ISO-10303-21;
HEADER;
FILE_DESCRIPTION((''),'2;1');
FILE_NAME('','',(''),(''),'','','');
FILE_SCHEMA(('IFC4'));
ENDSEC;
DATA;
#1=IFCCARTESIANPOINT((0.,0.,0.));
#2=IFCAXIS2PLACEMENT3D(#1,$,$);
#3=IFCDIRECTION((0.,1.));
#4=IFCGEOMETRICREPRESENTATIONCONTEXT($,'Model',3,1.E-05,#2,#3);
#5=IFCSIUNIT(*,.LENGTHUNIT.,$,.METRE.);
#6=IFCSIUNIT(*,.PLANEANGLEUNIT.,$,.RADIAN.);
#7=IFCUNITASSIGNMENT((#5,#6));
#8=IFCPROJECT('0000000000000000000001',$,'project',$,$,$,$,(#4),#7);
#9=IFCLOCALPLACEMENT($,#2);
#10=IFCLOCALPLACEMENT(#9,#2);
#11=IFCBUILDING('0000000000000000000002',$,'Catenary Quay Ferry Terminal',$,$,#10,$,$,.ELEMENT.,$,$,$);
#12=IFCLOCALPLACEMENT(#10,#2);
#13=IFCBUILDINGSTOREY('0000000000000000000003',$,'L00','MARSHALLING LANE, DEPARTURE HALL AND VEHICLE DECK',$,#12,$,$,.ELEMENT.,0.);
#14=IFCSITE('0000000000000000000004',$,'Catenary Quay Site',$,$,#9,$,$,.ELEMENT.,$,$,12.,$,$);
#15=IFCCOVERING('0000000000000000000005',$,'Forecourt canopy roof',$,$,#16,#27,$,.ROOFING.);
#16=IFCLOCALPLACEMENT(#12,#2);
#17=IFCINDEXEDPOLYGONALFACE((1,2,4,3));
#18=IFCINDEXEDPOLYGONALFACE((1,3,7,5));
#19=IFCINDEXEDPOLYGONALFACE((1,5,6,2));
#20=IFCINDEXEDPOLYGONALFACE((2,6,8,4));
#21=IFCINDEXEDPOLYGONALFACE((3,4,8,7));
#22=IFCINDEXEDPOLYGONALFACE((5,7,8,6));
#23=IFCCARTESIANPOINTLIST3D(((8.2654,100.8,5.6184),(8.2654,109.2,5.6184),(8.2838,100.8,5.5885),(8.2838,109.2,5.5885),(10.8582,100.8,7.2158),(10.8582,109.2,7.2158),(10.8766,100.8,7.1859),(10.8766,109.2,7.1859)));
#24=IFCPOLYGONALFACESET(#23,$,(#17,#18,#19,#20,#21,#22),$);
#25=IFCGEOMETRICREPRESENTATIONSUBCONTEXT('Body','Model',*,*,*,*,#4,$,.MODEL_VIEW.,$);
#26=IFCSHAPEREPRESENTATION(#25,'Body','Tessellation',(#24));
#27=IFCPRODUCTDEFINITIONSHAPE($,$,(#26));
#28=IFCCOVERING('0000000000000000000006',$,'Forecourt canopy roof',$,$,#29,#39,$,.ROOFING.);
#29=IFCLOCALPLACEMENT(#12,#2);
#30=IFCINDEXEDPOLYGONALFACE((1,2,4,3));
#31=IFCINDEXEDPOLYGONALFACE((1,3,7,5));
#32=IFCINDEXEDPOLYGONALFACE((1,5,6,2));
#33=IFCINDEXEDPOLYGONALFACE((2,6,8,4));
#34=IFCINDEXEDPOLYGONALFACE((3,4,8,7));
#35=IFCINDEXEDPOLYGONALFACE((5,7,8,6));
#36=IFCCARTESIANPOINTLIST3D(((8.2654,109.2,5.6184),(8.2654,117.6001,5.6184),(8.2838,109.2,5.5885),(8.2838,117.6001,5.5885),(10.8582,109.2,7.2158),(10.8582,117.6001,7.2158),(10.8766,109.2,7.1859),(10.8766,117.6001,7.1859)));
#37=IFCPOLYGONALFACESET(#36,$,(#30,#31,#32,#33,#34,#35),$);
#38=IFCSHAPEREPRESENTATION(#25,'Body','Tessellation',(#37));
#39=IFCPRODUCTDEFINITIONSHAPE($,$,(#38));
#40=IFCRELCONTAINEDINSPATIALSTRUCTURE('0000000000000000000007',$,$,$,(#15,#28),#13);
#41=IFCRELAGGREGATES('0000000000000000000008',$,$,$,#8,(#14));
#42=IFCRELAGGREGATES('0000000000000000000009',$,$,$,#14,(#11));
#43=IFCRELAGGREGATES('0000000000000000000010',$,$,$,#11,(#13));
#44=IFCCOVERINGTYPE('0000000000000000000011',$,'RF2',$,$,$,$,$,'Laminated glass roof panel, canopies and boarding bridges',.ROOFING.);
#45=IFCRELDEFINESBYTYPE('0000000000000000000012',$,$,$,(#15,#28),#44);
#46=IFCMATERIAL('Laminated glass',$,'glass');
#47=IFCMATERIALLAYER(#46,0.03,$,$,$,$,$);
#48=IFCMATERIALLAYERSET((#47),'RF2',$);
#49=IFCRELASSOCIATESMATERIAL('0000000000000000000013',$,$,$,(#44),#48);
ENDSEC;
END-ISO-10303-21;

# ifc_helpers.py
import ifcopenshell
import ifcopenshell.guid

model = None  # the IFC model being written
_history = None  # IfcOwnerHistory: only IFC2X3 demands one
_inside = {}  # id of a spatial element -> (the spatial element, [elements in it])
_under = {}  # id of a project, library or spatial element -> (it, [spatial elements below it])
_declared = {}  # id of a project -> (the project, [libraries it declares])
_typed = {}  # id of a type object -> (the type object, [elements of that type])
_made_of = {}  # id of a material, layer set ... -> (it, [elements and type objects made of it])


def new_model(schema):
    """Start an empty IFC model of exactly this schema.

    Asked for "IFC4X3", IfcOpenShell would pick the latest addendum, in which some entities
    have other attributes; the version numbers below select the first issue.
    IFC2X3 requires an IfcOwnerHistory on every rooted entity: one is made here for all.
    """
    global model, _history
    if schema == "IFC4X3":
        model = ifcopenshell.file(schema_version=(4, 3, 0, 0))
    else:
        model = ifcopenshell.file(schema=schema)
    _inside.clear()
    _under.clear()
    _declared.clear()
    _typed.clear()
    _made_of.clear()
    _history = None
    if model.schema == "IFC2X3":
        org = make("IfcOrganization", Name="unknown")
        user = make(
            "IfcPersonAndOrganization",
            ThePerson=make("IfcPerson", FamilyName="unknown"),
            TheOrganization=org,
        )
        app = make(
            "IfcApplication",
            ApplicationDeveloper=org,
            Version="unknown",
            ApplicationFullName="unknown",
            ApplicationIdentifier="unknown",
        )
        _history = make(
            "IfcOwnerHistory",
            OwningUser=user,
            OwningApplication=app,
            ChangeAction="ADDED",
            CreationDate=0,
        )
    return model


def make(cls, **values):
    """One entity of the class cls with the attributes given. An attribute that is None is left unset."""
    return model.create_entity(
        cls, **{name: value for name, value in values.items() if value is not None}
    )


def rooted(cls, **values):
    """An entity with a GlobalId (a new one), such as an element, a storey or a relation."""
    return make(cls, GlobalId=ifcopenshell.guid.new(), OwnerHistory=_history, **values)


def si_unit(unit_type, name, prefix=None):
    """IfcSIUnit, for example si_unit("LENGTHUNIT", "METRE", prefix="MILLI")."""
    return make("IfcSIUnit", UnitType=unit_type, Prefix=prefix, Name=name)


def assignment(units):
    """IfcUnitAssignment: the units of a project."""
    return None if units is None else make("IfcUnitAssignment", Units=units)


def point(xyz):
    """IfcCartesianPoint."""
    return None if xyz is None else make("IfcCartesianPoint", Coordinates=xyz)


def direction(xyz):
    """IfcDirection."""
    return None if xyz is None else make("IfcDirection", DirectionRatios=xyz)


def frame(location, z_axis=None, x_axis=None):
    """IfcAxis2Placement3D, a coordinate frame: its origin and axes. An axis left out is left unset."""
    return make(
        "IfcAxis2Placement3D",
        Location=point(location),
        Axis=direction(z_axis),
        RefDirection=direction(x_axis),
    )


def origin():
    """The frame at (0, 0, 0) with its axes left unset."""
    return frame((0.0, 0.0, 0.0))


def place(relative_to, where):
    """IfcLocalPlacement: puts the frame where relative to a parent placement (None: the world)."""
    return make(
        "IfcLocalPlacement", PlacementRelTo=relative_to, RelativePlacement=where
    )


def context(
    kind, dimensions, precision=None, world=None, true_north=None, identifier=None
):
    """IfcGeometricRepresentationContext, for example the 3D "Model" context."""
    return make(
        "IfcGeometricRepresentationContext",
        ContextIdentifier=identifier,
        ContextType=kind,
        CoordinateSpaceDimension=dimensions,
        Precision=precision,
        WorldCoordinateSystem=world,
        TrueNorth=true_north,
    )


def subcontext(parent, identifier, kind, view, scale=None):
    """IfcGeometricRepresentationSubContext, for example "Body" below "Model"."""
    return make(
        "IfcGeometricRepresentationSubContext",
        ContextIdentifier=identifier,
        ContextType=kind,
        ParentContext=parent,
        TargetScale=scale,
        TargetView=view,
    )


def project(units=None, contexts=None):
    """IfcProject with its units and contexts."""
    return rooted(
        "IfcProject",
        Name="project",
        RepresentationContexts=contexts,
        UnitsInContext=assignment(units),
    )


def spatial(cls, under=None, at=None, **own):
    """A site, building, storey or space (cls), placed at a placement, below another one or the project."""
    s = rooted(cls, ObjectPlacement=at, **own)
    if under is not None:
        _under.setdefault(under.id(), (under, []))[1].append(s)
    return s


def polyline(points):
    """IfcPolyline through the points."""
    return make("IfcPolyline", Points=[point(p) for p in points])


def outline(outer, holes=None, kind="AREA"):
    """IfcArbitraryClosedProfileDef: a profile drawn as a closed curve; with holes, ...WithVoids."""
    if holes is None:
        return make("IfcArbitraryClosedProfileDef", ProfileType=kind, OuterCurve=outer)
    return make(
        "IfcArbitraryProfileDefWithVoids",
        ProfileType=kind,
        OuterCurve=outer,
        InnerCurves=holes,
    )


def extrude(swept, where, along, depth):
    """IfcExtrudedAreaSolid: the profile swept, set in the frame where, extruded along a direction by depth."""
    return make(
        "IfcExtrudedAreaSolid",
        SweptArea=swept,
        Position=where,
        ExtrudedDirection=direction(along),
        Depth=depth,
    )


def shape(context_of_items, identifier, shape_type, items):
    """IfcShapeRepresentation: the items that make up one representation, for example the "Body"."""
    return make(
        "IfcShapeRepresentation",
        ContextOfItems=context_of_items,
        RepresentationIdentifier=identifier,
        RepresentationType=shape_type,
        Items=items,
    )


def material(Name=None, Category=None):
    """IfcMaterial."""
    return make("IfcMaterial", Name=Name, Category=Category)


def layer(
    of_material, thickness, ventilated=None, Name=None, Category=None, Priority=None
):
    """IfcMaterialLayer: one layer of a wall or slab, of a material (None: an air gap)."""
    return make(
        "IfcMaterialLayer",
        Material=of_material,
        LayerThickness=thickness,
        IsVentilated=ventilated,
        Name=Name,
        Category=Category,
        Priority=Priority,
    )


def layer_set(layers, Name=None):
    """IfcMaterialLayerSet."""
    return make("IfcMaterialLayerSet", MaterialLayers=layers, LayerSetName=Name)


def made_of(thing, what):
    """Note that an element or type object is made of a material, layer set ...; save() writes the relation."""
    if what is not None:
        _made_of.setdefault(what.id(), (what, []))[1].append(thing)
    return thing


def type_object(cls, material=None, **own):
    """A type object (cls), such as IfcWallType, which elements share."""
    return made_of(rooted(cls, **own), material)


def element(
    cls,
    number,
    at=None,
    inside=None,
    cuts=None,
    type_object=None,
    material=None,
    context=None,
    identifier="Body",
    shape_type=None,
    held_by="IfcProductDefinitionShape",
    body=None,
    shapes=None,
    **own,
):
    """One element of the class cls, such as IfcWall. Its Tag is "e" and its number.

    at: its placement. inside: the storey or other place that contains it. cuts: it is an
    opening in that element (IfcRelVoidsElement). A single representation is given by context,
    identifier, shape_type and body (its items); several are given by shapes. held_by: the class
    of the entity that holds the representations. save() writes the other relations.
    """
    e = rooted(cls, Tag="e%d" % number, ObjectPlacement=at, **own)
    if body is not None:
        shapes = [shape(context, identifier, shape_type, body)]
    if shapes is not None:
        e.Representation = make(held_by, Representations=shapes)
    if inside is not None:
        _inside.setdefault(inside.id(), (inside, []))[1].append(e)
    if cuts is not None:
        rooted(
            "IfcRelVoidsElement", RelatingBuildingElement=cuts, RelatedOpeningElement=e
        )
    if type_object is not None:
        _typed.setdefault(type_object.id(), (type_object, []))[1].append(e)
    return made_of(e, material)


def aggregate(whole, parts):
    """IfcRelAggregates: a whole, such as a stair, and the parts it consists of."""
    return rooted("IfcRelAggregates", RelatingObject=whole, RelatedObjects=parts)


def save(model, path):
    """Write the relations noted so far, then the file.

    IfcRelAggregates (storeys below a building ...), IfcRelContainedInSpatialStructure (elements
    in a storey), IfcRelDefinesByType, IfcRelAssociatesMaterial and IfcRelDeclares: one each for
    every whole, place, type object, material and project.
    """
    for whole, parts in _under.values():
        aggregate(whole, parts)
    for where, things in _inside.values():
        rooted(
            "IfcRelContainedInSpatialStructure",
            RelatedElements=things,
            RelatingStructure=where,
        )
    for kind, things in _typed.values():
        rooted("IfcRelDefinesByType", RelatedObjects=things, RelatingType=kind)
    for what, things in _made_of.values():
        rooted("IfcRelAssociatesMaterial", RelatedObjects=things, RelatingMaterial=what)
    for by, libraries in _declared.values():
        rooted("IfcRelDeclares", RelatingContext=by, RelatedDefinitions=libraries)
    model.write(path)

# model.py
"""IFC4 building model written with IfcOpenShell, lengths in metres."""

from ifc_helpers import new_model, si_unit, direction, frame, origin, place, context, subcontext, project, spatial, polyline, outline, extrude, material, layer, layer_set, type_object, element, save


model = new_model("IFC4")

# Units and contexts
model_context = context("Model", 3, precision=1e-05, world=origin(), true_north=direction((0.0, 1.0)))
body_context = subcontext(model_context, "Body", "Model", "MODEL_VIEW")
ifc_project = project(units=[si_unit("LENGTHUNIT", "METRE"), si_unit("PLANEANGLEUNIT", "RADIAN")], contexts=[model_context])

# Site, building, storey
site_placement = place(None, origin())
site = spatial("IfcSite", under=ifc_project, at=site_placement, Name="Catenary Quay Site", CompositionType="ELEMENT", RefElevation=12.0)
building_placement = place(site_placement, origin())
building = spatial("IfcBuilding", under=site, at=building_placement, Name="Catenary Quay Ferry Terminal", CompositionType="ELEMENT")
storey_placement = place(building_placement, origin())
storey = spatial("IfcBuildingStorey", under=building, at=storey_placement, Name="L00", Description="MARSHALLING LANE, DEPARTURE HALL AND VEHICLE DECK", CompositionType="ELEMENT", Elevation=0.0)

# Coverings
ifc_material_1 = material(Name="Laminated glass", Category="glass")
ifc_layer = layer(ifc_material_1, 0.03)
ifc_layer_set = layer_set([ifc_layer], Name="RF2")
covering_type = type_object("IfcCoveringType", Name="RF2", ElementType="Laminated glass roof panel, canopies and boarding bridges", PredefinedType="ROOFING", material=ifc_layer_set)
covering_1_placement = place(storey_placement, frame((8.2654, 100.8, 5.6184), z_axis=(-0.52454, 0.0, 0.851386), x_axis=(0.0, 1.0, 0.0)))
element("IfcCovering", 1, at=covering_1_placement, inside=storey, type_object=covering_type, Name="Forecourt canopy roof", PredefinedType="ROOFING", context=body_context, shape_type="SweptSolid", body=[
    extrude(outline(polyline([(0.0, 0.0), (8.3999, 0.0), (8.3999, -3.0454), (0.0, -3.0454), (0.0, 0.0)])), origin(), (0.0, 0.0, -1.0), 0.0352),
])
covering_2_placement = place(storey_placement, frame((8.2654, 109.2, 5.6184), z_axis=(-0.52454, 0.0, 0.851386), x_axis=(0.0, 1.0, 0.0)))
element("IfcCovering", 2, at=covering_2_placement, inside=storey, type_object=covering_type, Name="Forecourt canopy roof", PredefinedType="ROOFING", context=body_context, shape_type="SweptSolid", body=[
    extrude(outline(polyline([(0.0, 0.0), (8.4001, 0.0), (8.4001, -3.0454), (0.0, -3.0454), (0.0, 0.0)])), origin(), (0.0, 0.0, -1.0), 0.0352),
])

save(model, "model.ifc")
